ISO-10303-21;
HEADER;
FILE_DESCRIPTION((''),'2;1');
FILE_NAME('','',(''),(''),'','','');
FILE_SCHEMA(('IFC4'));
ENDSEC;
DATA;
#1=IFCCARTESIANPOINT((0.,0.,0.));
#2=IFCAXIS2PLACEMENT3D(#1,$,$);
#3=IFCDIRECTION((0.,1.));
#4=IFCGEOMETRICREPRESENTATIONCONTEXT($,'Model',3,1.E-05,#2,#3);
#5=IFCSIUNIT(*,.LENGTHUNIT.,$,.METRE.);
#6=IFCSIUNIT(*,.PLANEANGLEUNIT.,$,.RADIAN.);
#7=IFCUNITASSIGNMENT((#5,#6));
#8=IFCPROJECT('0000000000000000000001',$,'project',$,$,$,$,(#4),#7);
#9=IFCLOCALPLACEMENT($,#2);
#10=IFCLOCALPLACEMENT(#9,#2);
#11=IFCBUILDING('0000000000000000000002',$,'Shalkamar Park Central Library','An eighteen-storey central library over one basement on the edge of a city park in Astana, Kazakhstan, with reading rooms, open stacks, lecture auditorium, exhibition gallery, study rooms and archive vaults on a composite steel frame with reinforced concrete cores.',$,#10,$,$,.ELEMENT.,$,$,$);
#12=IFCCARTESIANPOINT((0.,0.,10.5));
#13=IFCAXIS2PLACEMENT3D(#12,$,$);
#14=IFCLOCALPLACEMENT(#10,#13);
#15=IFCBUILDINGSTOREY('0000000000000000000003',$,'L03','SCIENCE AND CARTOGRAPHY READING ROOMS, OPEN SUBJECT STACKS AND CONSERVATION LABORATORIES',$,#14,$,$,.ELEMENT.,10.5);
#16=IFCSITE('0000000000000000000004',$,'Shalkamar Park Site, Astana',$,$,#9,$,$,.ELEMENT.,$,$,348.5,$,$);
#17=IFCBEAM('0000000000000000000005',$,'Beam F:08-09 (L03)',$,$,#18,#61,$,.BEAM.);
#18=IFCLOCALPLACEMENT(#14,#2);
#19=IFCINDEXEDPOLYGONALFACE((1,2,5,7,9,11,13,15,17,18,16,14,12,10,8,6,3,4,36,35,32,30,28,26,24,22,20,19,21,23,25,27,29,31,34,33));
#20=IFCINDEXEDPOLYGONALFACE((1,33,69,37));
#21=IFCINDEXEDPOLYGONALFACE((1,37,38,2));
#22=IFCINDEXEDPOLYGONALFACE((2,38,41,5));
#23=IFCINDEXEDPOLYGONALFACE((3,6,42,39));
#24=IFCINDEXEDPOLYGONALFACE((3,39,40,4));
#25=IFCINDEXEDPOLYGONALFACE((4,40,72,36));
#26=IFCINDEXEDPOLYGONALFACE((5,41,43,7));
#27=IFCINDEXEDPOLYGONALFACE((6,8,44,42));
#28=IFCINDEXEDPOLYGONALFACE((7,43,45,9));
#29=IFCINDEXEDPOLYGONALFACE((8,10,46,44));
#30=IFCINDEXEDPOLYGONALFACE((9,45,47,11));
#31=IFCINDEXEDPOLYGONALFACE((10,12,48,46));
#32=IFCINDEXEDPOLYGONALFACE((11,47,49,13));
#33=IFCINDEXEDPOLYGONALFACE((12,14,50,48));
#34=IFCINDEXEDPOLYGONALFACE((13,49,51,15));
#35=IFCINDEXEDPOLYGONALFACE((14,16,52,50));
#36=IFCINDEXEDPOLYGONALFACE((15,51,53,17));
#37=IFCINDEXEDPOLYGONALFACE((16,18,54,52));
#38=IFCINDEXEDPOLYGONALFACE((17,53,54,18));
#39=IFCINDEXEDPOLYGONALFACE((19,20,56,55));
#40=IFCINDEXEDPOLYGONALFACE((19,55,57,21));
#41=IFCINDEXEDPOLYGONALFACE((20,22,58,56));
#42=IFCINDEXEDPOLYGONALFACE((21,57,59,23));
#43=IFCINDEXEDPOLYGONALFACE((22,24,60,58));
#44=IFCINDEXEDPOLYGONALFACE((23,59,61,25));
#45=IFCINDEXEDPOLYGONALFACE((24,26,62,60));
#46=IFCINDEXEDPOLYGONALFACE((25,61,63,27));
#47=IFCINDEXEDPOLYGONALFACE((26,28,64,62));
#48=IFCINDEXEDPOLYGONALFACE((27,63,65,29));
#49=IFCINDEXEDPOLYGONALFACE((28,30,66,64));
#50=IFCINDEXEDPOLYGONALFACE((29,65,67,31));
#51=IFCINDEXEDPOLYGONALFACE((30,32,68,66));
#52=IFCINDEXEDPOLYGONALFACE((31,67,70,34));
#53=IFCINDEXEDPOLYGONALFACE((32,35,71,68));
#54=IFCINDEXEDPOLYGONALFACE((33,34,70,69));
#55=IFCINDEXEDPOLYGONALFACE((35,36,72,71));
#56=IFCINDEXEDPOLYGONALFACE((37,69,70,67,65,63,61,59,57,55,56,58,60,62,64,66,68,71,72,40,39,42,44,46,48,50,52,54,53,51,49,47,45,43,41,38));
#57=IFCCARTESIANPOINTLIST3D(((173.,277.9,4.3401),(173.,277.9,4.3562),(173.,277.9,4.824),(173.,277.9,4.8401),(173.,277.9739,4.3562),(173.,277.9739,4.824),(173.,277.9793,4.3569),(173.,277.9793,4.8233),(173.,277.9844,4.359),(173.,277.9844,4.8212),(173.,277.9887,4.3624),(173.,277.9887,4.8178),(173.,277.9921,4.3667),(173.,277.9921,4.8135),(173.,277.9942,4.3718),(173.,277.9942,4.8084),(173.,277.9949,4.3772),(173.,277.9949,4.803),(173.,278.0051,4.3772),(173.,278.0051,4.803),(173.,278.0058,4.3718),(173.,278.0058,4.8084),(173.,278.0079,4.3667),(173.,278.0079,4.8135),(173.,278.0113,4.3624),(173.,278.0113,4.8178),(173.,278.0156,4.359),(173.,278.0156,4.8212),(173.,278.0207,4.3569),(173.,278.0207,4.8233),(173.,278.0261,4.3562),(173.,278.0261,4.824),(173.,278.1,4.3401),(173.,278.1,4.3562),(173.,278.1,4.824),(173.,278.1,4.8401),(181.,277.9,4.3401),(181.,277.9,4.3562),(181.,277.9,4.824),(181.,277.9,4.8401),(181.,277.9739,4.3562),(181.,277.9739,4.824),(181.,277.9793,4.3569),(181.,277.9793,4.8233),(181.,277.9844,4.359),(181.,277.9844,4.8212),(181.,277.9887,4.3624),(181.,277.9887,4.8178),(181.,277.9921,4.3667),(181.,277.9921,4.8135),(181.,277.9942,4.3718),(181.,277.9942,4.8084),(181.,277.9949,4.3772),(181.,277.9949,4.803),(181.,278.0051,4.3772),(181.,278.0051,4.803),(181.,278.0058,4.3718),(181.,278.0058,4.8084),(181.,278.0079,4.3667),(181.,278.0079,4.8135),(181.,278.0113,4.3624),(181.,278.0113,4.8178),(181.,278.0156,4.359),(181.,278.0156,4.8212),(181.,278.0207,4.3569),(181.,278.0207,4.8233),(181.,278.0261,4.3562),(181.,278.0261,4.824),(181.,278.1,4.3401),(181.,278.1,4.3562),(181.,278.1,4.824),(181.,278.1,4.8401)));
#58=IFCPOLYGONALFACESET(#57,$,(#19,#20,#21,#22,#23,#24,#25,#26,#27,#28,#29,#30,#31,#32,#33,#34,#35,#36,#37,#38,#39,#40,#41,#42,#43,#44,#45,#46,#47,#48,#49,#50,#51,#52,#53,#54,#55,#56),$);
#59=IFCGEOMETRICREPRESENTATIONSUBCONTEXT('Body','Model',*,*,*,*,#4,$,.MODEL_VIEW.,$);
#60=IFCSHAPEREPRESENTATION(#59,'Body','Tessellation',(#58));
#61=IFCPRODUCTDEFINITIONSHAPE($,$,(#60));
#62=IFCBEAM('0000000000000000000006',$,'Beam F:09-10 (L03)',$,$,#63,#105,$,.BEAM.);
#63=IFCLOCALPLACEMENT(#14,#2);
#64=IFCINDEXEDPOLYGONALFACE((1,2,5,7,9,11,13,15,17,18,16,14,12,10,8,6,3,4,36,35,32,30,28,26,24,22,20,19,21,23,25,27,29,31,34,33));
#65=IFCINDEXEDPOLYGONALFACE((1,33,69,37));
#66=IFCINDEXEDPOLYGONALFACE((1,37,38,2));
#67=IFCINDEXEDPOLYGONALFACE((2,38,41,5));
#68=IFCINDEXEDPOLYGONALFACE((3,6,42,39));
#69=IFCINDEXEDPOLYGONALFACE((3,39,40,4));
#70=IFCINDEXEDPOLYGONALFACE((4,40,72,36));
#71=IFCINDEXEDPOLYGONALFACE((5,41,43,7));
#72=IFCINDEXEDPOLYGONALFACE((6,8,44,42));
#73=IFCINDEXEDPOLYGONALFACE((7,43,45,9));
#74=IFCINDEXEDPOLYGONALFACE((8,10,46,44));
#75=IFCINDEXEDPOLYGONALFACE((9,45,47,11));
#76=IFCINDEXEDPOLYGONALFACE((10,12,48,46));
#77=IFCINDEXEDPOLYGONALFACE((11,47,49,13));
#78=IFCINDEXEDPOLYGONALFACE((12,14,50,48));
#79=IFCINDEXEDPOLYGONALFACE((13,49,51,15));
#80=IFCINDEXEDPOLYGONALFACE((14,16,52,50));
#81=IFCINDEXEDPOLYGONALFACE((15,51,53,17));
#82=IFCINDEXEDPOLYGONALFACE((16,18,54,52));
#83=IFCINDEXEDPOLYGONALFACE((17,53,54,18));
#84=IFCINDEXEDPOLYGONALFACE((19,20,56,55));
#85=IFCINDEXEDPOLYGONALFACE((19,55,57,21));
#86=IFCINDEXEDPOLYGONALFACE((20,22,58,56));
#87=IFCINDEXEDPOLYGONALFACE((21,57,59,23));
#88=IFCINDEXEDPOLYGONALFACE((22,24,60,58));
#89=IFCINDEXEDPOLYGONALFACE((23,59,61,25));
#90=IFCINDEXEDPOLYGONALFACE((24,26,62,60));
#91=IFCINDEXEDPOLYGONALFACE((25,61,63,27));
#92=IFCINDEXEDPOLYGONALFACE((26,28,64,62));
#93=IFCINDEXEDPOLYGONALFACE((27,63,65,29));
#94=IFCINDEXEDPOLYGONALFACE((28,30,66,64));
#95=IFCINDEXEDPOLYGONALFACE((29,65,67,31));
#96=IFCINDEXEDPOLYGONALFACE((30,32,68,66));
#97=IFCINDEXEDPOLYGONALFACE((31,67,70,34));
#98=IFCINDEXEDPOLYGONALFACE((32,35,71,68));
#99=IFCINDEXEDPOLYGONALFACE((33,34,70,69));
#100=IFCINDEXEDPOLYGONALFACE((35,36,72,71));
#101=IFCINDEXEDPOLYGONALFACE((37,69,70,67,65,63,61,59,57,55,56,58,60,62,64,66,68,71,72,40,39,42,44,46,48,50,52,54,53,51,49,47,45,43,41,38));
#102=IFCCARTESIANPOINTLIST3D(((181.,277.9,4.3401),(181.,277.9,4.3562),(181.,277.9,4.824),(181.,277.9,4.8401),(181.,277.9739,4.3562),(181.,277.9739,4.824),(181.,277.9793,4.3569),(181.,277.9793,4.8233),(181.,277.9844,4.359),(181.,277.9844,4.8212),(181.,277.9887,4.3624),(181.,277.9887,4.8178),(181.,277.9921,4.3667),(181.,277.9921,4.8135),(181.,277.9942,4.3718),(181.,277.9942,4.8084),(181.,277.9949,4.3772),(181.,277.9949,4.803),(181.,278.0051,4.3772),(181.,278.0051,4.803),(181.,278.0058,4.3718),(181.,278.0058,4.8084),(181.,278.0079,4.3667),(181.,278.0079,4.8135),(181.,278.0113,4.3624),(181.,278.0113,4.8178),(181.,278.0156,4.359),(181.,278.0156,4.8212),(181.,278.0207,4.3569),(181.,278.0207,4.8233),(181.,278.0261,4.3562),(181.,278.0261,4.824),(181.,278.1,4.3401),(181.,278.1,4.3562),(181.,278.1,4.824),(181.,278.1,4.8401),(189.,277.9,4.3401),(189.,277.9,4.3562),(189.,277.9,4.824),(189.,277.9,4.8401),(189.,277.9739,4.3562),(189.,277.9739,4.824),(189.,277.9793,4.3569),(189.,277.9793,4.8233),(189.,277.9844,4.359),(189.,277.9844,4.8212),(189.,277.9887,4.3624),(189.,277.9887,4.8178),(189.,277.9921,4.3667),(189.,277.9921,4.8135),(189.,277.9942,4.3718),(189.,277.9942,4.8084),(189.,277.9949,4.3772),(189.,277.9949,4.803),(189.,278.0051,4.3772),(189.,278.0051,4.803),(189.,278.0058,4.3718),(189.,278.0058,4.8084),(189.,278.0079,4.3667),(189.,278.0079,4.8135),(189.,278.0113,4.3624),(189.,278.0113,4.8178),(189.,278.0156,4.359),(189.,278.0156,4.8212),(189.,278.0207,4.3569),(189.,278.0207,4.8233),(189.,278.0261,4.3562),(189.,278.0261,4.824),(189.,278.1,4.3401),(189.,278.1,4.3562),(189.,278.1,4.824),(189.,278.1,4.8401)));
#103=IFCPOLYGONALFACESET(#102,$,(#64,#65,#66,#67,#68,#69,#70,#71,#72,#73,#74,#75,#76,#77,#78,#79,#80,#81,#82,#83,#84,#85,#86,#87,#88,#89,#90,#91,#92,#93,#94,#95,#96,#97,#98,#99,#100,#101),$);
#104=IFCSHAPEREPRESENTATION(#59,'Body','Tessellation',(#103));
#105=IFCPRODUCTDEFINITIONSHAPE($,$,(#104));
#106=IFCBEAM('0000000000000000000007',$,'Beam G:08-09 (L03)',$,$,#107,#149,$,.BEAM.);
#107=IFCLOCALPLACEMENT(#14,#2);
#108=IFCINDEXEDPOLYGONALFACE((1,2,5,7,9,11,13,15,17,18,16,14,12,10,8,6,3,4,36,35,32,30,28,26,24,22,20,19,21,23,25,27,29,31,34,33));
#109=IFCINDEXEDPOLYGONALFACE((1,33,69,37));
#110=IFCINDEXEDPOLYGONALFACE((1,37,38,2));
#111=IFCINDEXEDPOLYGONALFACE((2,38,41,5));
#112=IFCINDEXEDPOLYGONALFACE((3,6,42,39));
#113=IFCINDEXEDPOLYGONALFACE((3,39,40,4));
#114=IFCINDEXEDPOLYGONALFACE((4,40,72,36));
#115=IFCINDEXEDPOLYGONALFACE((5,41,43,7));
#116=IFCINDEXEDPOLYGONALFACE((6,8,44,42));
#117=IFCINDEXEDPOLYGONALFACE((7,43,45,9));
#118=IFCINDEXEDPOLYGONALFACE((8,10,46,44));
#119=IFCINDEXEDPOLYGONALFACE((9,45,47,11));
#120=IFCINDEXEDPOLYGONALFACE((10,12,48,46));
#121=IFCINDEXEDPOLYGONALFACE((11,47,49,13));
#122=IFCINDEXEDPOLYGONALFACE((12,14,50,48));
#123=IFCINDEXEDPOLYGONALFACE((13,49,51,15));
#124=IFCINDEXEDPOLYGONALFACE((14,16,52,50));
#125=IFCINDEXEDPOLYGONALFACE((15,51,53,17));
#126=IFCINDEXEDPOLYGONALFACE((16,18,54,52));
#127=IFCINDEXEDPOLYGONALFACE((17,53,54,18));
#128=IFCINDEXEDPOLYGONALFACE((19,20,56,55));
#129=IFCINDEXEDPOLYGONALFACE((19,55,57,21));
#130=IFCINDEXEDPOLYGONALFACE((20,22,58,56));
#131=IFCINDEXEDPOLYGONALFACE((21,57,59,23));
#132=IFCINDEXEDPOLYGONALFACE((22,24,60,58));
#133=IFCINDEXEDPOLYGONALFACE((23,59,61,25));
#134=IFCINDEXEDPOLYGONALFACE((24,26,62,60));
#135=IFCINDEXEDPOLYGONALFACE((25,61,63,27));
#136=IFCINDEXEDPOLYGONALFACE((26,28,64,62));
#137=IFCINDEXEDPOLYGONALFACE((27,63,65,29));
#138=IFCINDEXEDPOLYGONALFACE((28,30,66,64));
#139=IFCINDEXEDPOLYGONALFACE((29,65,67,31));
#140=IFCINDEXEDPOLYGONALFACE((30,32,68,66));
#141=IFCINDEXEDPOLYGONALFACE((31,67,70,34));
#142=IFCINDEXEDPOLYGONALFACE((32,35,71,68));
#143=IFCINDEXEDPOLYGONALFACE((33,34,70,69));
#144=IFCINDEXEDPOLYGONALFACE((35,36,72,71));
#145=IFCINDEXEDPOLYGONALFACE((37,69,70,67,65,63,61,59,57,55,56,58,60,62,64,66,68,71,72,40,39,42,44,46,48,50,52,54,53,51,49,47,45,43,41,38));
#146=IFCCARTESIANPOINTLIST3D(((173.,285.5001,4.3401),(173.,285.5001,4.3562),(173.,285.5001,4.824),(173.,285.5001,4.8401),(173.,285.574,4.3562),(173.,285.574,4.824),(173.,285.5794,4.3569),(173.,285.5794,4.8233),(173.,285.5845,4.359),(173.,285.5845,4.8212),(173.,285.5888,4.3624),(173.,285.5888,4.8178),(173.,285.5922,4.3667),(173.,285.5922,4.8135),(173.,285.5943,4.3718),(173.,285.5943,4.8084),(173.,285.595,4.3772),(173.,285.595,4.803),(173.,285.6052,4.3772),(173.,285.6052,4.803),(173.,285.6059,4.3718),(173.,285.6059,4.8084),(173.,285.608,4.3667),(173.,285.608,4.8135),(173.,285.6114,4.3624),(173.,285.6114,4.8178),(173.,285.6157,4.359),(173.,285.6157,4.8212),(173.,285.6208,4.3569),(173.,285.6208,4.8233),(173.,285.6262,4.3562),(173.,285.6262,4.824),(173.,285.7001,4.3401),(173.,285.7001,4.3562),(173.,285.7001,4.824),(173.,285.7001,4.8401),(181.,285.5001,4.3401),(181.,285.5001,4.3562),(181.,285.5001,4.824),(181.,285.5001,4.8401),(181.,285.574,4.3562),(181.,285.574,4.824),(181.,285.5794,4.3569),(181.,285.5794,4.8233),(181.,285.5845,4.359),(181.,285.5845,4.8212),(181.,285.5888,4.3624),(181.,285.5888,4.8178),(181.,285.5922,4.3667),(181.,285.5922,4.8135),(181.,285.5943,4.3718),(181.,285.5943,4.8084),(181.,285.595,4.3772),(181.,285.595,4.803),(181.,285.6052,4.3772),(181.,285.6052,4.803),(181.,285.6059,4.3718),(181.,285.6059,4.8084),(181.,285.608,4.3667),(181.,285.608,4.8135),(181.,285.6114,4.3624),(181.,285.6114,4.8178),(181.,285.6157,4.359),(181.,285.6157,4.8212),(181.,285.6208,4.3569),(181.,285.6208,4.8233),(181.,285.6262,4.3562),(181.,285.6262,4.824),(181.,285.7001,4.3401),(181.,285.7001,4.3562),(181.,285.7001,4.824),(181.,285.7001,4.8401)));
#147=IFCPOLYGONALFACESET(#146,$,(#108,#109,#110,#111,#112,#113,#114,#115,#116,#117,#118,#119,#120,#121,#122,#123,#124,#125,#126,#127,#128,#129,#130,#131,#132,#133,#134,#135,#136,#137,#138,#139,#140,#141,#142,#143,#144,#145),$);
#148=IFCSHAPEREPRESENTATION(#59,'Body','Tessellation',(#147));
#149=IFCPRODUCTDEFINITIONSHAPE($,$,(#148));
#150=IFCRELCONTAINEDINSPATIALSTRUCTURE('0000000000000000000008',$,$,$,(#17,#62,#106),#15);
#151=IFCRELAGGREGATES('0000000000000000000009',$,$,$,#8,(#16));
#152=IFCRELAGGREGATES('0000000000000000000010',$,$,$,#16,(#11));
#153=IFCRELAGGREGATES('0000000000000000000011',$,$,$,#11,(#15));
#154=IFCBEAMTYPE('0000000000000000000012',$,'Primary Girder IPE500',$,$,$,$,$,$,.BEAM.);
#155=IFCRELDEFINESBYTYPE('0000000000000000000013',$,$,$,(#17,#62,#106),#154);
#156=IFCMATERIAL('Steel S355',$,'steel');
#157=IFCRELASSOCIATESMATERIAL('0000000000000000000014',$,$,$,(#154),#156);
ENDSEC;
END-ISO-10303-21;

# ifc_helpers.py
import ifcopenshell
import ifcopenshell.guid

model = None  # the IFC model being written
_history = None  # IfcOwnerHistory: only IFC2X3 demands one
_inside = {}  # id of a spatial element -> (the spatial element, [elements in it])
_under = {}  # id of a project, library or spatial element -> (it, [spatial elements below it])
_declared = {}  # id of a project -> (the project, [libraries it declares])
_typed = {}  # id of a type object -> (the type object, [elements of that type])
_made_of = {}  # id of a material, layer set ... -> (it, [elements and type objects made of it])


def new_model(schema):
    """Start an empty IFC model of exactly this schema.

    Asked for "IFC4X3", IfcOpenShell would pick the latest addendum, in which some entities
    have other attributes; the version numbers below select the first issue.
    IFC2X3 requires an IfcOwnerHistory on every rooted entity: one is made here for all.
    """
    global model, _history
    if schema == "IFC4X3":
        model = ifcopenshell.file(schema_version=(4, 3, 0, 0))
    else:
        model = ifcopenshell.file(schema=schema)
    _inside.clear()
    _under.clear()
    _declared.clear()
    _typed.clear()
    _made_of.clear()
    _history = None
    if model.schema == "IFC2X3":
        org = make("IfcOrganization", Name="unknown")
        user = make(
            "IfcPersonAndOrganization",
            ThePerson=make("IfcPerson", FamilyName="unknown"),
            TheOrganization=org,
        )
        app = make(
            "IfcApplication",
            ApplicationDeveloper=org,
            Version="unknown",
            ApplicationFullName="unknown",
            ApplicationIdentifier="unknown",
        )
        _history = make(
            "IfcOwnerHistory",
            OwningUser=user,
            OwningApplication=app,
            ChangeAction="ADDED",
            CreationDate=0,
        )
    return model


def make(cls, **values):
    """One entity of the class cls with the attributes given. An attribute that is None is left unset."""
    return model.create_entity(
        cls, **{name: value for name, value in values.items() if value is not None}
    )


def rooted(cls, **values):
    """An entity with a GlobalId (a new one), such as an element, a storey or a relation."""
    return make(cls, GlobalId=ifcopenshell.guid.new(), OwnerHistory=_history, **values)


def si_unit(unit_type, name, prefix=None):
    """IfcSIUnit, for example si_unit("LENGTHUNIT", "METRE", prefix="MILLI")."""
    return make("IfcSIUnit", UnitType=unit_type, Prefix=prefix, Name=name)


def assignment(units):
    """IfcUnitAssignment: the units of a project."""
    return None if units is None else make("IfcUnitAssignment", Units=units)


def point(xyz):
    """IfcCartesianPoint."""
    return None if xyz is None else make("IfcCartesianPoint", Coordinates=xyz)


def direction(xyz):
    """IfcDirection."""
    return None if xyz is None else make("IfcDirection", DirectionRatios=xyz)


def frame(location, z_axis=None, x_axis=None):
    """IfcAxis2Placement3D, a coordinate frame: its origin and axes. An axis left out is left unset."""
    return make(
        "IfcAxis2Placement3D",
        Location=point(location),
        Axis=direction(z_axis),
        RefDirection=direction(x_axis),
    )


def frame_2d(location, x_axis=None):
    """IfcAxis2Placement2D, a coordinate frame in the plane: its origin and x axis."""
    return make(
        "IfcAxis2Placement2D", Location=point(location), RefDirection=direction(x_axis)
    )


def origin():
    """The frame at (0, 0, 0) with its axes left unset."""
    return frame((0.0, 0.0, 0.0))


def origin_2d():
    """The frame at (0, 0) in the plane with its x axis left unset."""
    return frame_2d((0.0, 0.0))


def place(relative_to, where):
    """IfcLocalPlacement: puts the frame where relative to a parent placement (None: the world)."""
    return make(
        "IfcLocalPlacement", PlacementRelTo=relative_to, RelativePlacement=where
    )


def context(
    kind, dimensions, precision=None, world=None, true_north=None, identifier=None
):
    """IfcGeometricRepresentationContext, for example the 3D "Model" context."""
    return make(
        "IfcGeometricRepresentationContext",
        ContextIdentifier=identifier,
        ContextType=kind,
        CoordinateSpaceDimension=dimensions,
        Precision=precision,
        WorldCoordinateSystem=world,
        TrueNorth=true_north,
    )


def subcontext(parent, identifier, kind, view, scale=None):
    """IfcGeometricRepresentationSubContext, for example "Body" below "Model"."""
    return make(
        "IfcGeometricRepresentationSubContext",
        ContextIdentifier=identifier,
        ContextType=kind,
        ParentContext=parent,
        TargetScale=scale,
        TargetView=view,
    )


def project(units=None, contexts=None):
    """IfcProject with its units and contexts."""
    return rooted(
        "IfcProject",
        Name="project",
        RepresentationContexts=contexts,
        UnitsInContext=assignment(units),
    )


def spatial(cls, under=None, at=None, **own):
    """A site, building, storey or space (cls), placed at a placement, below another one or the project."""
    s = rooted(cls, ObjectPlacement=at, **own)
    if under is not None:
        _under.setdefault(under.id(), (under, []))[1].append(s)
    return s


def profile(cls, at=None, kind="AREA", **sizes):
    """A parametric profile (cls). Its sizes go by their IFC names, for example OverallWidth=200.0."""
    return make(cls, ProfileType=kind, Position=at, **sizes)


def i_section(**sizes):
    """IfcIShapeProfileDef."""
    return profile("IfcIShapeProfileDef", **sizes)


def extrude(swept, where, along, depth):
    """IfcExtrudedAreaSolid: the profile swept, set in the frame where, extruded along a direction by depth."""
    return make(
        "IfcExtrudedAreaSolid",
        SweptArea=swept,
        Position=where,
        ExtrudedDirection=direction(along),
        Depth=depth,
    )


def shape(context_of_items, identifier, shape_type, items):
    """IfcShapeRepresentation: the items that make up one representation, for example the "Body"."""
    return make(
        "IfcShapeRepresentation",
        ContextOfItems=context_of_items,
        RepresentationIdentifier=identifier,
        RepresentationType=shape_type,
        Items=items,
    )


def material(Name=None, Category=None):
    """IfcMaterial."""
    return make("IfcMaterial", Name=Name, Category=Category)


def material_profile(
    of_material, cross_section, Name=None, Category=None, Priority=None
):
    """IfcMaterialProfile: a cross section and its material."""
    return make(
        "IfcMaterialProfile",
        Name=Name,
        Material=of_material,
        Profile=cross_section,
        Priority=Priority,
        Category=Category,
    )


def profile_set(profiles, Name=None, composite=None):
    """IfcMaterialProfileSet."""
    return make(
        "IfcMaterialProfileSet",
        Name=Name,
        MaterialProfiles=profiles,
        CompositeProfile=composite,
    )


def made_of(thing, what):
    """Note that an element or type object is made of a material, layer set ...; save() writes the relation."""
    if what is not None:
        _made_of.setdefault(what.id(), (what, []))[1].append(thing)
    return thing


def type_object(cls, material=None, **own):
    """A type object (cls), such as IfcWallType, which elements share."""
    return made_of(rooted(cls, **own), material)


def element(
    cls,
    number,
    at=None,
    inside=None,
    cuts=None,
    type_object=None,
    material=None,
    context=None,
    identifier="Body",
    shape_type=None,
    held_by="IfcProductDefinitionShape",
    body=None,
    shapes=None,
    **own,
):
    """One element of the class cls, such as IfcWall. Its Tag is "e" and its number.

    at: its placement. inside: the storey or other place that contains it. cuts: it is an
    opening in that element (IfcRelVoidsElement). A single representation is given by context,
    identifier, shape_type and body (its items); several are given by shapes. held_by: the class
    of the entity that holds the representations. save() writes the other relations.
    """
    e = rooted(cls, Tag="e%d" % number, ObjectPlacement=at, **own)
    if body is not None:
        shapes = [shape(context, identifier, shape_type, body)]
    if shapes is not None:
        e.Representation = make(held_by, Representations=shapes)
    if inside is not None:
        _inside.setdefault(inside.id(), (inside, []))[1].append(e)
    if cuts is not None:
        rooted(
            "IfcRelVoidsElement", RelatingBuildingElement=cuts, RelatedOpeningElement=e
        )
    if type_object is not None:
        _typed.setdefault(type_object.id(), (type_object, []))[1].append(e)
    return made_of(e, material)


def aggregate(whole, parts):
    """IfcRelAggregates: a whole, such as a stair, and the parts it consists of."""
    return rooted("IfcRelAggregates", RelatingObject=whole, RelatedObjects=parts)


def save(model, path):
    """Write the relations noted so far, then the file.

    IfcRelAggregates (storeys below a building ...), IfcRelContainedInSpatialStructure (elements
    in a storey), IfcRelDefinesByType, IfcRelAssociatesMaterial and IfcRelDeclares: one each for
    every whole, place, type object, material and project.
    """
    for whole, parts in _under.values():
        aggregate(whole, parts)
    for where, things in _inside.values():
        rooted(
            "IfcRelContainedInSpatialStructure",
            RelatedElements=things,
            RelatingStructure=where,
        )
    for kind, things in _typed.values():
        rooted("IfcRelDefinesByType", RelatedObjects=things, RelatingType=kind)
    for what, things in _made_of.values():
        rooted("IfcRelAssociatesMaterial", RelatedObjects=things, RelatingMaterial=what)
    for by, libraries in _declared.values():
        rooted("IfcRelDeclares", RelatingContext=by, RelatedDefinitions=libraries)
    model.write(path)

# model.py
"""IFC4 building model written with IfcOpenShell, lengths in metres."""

from ifc_helpers import new_model, si_unit, direction, frame, origin, origin_2d, place, context, subcontext, project, spatial, i_section, extrude, material, material_profile, profile_set, type_object, element, save


model = new_model("IFC4")

# Units and contexts
model_context = context("Model", 3, precision=1e-05, world=origin(), true_north=direction((0.0, 1.0)))
body_context = subcontext(model_context, "Body", "Model", "MODEL_VIEW")
ifc_project = project(units=[si_unit("LENGTHUNIT", "METRE"), si_unit("PLANEANGLEUNIT", "RADIAN")], contexts=[model_context])

# Site, building, storey
site_placement = place(None, origin())
site = spatial("IfcSite", under=ifc_project, at=site_placement, Name="Shalkamar Park Site, Astana", CompositionType="ELEMENT", RefElevation=348.5)
building_placement = place(site_placement, origin())
building = spatial("IfcBuilding", under=site, at=building_placement, Name="Shalkamar Park Central Library", Description="An eighteen-storey central library over one basement on the edge of a city park in Astana, Kazakhstan, with reading rooms, open stacks, lecture auditorium, exhibition gallery, study rooms and archive vaults on a composite steel frame with reinforced concrete cores.", CompositionType="ELEMENT")
storey_placement = place(building_placement, frame((0.0, 0.0, 10.5)))
storey = spatial("IfcBuildingStorey", under=building, at=storey_placement, Name="L03", Description="SCIENCE AND CARTOGRAPHY READING ROOMS, OPEN SUBJECT STACKS AND CONSERVATION LABORATORIES", CompositionType="ELEMENT", Elevation=10.5)

# Shared definitions
ifc_material = material(Name="Steel S355", Category="steel")

# Beams
ifc_material_profile_1 = material_profile(ifc_material, i_section(OverallWidth=0.2, OverallDepth=0.5, WebThickness=0.0103, FlangeThickness=0.0161, FilletRadius=0.021, at=origin_2d()), Name="IPE 500")
ifc_profile_set_1 = profile_set([ifc_material_profile_1], Name="Steel S355")
beam_type_1 = type_object("IfcBeamType", Name="Primary Girder IPE500", PredefinedType="BEAM", material=ifc_profile_set_1)
for number, where, z_axis, x_axis, name in (
    (1, (173.0, 278.0, 4.5901), (1.0, 0.0, 0.0), (0.0, 1.0, 0.0), "Beam F:08-09 (L03)"),
    (2, (181.0, 278.0, 4.5901), (1.0, 0.0, 0.0), (0.0, 1.0, 0.0), "Beam F:09-10 (L03)"),
    (3, (173.0, 285.6001, 4.5901), (1.0, 0.0, 0.0), (0.0, 1.0, 0.0), "Beam G:08-09 (L03)"),
):
    element("IfcBeam", number, at=place(storey_placement, frame(where, z_axis=z_axis, x_axis=x_axis)), inside=storey, type_object=beam_type_1, Name=name, PredefinedType="BEAM", context=body_context, shape_type="SweptSolid", body=[
        extrude(i_section(OverallWidth=0.2, OverallDepth=0.5, WebThickness=0.0103, FlangeThickness=0.0161, FilletRadius=0.021, at=origin_2d()), origin(), (0.0, 0.0, 1.0), 8.0),
    ])

save(model, "model.ifc")
